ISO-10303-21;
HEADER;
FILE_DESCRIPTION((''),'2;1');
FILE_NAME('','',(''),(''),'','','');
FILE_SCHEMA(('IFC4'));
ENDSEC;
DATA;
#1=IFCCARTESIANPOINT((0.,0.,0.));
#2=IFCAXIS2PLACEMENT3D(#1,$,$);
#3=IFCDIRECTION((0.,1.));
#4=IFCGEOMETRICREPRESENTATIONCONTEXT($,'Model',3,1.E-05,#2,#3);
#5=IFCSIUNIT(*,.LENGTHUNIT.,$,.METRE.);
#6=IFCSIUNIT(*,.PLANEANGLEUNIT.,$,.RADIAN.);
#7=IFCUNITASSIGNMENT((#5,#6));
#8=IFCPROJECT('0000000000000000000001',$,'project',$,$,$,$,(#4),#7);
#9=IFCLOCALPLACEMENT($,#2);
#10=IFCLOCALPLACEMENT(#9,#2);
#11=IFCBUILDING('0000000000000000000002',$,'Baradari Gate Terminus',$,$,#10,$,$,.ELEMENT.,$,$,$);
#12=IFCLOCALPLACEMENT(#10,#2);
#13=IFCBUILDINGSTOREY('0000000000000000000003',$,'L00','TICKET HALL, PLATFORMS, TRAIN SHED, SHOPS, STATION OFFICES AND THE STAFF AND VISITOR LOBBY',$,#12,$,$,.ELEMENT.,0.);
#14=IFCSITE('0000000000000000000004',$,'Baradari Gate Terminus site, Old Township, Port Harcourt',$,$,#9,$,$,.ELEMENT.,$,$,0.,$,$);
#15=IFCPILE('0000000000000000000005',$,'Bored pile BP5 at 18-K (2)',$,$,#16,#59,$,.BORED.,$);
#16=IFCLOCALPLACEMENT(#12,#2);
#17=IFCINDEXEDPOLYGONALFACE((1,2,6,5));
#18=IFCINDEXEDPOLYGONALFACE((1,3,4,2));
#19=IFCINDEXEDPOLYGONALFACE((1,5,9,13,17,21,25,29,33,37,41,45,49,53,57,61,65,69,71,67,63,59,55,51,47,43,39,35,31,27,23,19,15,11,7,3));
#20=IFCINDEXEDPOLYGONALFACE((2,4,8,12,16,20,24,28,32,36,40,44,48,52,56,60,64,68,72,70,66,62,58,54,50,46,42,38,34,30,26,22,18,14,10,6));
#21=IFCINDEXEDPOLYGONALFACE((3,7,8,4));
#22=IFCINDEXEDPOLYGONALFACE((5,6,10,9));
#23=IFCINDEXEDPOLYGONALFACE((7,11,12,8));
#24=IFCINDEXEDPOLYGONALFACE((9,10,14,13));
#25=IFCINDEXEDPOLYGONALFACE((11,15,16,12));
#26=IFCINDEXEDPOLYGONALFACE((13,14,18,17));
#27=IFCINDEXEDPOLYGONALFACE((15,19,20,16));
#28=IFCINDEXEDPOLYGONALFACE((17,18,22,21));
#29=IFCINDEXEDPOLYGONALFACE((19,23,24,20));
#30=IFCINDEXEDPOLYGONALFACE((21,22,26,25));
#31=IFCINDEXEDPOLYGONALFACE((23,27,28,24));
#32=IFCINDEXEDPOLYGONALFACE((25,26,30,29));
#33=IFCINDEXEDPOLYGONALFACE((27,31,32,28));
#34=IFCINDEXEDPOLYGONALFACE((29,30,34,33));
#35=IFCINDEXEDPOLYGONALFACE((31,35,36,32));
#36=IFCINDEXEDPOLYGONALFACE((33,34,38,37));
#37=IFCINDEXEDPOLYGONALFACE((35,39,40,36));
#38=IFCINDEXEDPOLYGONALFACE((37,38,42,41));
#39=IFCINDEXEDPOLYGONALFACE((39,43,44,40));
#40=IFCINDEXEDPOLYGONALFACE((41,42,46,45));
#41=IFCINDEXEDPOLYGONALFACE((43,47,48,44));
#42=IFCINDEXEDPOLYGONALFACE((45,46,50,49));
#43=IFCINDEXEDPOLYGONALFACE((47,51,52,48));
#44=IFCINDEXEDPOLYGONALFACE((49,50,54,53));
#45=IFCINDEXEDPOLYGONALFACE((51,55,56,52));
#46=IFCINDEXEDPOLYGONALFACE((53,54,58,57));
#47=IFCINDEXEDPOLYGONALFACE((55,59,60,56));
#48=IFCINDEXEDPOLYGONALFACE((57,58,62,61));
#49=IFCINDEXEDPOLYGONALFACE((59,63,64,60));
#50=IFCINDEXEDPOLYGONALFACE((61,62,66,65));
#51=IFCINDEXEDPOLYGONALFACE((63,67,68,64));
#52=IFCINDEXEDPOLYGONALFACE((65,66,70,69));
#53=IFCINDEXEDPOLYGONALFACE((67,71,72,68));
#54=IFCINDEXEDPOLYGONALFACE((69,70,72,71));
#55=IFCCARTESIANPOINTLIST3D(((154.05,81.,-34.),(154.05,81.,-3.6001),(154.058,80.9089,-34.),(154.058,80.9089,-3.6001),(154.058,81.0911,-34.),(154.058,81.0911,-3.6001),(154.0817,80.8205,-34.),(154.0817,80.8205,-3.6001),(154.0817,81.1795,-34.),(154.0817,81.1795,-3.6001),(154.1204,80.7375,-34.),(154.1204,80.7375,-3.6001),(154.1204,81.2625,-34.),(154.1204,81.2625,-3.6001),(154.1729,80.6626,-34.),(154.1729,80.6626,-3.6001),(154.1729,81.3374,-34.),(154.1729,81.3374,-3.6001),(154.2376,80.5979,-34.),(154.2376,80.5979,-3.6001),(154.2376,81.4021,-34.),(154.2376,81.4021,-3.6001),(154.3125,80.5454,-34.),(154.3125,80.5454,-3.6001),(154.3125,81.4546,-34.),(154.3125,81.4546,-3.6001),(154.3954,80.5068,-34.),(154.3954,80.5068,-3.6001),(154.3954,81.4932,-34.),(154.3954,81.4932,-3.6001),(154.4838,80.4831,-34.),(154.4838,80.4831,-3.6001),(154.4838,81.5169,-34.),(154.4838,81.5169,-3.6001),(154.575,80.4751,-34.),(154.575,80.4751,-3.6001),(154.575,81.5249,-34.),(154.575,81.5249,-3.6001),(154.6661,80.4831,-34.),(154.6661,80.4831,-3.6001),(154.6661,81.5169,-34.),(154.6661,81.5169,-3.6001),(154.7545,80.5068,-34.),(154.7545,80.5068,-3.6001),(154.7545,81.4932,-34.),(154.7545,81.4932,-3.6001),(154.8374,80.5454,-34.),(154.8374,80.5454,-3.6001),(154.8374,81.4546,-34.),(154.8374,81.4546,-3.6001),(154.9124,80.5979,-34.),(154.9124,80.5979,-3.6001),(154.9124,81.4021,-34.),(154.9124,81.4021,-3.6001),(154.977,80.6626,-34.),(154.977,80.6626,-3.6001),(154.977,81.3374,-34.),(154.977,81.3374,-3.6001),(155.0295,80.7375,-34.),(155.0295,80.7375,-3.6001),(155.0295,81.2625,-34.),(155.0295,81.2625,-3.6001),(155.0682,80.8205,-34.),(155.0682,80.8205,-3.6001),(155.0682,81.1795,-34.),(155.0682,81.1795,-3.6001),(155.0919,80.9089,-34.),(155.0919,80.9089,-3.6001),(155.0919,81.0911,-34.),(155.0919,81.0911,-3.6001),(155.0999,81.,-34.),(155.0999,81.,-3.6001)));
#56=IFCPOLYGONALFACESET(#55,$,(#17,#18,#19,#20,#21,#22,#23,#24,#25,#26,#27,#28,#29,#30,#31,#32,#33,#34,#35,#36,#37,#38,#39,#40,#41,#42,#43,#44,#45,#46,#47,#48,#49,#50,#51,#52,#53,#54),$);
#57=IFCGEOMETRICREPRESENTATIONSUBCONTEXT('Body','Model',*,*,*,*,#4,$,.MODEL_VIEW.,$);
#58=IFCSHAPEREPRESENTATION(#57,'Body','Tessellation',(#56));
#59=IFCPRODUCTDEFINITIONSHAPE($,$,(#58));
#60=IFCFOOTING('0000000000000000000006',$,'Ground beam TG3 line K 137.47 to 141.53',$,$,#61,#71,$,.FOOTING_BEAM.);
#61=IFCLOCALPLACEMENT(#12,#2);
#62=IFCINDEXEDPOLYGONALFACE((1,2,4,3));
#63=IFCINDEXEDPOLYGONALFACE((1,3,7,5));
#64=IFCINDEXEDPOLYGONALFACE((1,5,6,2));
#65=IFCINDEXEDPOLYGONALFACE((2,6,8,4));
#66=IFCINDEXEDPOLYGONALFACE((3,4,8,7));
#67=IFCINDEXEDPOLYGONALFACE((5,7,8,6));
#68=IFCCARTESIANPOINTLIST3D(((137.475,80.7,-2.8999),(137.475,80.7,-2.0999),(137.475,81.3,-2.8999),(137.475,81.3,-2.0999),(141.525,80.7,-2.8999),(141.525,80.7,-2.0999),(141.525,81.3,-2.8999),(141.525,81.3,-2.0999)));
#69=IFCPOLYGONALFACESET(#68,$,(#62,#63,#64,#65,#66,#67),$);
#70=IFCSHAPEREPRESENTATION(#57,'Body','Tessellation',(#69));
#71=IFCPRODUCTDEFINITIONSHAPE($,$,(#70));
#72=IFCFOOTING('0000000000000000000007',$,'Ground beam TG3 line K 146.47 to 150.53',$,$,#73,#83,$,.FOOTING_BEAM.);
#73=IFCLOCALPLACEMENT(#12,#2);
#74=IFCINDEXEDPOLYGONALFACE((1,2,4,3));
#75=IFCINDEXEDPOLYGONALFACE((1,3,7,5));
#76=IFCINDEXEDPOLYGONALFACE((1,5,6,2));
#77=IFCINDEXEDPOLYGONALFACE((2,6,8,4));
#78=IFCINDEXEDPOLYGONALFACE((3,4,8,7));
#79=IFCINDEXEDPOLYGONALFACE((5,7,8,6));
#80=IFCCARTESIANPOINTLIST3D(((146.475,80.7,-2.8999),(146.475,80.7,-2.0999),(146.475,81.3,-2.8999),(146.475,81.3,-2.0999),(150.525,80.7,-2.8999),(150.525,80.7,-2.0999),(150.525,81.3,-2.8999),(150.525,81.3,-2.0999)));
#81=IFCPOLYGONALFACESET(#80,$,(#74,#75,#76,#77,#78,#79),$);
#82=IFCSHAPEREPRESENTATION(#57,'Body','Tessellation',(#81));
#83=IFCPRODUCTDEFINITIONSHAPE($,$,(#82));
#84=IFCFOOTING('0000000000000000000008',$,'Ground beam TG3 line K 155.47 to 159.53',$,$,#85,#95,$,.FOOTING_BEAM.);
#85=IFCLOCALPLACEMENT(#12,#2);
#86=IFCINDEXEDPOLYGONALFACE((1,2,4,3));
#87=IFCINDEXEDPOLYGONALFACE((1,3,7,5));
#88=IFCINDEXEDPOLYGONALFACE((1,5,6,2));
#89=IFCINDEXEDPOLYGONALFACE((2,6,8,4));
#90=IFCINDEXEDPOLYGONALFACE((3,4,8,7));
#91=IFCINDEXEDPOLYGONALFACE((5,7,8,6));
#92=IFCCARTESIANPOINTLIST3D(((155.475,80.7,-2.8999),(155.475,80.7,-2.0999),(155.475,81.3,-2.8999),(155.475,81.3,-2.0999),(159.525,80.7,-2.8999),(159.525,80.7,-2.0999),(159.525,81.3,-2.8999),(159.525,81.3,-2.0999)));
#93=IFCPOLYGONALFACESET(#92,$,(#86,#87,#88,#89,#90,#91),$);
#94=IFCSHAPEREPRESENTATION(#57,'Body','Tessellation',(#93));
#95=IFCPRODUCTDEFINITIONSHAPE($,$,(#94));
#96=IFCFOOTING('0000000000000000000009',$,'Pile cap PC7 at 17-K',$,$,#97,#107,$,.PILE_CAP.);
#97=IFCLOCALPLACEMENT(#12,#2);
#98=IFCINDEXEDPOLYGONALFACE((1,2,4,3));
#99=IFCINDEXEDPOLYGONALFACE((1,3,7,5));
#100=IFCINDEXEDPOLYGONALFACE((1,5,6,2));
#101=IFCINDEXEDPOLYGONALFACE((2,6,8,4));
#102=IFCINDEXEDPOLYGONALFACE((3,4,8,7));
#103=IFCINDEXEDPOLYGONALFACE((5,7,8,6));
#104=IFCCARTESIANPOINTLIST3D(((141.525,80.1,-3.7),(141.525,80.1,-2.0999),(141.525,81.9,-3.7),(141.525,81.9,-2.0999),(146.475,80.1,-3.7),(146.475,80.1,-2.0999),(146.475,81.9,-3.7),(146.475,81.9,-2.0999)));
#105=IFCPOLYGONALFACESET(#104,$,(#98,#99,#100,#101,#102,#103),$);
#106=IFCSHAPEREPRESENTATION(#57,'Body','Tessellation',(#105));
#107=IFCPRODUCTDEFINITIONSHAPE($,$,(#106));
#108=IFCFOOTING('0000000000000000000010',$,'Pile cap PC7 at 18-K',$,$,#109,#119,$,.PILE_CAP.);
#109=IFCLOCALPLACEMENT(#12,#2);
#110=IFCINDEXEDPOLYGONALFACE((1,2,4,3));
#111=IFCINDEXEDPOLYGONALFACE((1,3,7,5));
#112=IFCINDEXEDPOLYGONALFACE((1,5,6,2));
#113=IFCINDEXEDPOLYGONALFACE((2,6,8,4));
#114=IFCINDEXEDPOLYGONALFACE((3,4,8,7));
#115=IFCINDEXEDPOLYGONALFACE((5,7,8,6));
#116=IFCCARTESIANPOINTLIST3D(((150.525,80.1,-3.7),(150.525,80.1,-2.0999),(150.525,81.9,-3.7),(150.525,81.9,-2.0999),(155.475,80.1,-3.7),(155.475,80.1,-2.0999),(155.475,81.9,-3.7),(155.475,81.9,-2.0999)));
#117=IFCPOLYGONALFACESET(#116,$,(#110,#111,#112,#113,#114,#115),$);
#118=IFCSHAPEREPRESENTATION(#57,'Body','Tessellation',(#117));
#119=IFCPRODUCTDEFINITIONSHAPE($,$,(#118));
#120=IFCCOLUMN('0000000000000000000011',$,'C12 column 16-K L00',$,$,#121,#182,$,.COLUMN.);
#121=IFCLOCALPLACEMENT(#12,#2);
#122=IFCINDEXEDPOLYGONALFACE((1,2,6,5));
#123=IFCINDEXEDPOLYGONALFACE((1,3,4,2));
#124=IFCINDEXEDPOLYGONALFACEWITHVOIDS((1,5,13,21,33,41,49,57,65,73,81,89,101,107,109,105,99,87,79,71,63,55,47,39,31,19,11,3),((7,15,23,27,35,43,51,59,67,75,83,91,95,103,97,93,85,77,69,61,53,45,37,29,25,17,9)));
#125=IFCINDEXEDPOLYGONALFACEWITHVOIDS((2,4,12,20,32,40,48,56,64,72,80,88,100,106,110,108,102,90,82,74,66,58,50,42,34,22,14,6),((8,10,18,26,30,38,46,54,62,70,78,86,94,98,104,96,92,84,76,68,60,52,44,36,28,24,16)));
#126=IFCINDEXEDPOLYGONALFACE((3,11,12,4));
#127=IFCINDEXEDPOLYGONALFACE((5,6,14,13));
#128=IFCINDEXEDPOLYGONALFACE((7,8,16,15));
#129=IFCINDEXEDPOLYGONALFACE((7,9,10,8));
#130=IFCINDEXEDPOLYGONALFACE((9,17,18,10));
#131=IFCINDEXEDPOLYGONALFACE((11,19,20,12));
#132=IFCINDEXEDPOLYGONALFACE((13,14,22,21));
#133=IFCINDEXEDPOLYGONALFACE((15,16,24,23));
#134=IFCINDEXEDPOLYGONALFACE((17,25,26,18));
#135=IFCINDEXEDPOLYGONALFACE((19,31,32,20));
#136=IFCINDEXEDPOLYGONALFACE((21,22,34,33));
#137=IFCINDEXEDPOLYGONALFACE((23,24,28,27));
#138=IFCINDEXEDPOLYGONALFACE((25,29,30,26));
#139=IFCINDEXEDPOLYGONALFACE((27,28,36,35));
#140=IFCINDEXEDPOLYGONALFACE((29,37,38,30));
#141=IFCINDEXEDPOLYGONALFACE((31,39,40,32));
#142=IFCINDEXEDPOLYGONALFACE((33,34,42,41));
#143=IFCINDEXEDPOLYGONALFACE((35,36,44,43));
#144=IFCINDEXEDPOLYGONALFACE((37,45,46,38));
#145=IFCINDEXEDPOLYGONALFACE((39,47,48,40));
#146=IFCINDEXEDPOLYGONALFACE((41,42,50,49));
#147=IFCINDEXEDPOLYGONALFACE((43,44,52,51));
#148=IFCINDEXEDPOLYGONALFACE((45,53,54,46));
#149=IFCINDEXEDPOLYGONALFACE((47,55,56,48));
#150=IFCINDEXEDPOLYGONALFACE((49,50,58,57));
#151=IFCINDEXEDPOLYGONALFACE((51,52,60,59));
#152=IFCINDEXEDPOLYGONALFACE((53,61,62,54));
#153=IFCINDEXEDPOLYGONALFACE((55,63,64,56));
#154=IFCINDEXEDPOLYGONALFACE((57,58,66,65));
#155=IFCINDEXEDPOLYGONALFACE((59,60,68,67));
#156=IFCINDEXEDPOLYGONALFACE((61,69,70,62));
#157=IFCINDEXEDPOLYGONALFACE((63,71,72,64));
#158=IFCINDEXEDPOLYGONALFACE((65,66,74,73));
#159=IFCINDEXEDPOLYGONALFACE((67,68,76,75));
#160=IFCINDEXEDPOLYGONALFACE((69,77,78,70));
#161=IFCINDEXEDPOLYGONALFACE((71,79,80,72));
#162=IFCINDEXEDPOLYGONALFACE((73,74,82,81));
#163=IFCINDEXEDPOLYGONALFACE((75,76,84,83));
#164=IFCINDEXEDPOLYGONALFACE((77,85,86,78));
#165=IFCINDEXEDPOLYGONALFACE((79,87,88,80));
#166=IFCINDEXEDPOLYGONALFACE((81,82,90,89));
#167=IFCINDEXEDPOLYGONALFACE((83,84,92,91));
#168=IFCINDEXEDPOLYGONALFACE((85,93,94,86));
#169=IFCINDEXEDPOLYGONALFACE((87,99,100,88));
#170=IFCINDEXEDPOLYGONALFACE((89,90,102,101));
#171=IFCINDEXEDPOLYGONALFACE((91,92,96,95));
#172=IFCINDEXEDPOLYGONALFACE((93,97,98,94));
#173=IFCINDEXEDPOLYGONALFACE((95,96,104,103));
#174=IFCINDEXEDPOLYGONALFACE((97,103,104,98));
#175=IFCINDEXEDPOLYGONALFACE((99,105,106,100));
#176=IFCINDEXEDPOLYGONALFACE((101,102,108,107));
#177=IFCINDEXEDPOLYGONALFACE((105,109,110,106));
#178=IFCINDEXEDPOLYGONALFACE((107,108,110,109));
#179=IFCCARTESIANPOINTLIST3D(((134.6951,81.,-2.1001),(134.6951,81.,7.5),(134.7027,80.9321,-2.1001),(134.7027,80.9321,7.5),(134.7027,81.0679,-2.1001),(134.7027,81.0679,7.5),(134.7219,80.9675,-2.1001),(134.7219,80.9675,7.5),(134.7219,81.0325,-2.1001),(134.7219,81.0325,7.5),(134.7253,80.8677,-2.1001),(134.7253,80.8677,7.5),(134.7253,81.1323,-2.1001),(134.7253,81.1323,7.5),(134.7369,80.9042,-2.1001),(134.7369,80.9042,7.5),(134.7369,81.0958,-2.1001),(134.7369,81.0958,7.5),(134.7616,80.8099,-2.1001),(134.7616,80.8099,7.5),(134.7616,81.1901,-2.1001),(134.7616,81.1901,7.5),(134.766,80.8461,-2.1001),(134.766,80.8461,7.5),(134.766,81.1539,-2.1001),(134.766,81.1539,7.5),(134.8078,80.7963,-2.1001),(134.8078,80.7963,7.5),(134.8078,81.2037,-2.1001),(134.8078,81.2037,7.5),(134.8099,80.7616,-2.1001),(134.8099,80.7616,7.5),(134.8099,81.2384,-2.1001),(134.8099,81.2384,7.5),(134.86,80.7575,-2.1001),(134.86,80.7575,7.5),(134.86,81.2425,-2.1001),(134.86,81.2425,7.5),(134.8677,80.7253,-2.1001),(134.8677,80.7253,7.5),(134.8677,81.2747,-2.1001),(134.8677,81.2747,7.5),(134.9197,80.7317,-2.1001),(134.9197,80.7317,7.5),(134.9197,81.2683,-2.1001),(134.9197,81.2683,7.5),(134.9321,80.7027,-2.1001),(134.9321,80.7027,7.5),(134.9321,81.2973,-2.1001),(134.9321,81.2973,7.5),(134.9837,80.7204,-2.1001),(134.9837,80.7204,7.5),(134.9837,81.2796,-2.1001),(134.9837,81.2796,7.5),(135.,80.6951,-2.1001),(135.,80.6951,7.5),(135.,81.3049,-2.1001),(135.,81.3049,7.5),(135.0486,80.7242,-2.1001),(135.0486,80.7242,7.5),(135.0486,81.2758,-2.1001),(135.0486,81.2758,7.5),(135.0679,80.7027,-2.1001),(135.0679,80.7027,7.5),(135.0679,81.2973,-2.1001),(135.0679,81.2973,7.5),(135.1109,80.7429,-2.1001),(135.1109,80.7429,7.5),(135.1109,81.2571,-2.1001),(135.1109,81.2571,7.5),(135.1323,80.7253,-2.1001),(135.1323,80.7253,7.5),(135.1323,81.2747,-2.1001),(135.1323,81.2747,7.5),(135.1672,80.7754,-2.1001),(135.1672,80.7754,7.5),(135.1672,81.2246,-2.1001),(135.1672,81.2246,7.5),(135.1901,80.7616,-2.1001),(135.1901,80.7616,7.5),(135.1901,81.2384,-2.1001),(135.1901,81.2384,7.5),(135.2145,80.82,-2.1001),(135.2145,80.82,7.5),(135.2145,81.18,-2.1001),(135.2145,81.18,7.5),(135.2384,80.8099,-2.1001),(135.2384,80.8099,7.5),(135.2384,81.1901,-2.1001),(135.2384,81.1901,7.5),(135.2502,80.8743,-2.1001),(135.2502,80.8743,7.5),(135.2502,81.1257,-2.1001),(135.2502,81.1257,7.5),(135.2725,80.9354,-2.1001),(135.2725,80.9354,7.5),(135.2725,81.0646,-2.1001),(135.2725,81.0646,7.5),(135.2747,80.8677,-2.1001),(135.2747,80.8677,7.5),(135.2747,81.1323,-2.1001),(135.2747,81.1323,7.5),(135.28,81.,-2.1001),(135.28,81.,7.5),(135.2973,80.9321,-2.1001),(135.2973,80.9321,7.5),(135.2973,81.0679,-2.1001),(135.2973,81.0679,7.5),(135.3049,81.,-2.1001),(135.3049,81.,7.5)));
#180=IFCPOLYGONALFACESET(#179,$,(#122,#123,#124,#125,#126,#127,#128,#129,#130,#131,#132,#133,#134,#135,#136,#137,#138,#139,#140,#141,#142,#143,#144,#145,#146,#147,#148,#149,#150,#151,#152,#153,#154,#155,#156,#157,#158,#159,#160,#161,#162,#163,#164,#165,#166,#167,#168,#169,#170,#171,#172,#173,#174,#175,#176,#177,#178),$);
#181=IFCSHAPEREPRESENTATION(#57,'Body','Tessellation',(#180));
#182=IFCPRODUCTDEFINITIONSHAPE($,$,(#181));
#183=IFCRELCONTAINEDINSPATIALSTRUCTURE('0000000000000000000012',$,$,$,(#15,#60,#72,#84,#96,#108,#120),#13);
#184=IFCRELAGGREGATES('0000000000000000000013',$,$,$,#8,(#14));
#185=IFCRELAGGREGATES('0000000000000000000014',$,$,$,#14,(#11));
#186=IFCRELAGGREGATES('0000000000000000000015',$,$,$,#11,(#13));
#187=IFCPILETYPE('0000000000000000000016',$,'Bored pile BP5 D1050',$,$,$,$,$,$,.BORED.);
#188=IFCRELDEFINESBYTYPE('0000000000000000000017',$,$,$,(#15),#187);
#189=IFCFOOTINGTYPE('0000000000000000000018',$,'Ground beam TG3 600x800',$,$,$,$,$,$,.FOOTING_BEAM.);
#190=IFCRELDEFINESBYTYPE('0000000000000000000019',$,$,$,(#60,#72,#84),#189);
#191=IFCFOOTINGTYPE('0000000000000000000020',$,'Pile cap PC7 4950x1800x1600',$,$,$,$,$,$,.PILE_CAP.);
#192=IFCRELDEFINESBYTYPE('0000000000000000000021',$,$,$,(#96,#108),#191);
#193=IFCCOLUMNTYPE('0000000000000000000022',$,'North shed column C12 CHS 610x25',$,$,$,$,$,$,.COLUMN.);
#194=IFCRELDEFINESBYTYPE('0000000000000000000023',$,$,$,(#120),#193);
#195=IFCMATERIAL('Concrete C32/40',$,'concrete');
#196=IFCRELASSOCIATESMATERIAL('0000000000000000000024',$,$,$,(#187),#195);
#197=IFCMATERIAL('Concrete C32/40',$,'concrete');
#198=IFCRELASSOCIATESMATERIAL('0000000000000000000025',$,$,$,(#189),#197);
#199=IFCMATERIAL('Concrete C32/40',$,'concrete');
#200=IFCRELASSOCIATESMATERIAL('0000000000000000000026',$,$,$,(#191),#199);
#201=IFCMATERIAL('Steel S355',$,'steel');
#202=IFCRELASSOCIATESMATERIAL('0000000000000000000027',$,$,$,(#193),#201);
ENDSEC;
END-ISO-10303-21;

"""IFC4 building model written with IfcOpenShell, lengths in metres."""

from ifc_helpers import new_model, si_unit, direction, frame, origin, origin_2d, place, context, subcontext, project, spatial, rectangle, circle, hollow_circle, extrude, material, material_profile, profile_set, type_object, element, save


model = new_model("IFC4")

# Units and contexts
model_context = context("Model", 3, precision=1e-05, world=origin(), true_north=direction((0.0, 1.0)))
body_context = subcontext(model_context, "Body", "Model", "MODEL_VIEW")
ifc_project = project(units=[si_unit("LENGTHUNIT", "METRE"), si_unit("PLANEANGLEUNIT", "RADIAN")], contexts=[model_context])

# Site, building, storey
site_placement = place(None, origin())
site = spatial("IfcSite", under=ifc_project, at=site_placement, Name="Baradari Gate Terminus site, Old Township, Port Harcourt", CompositionType="ELEMENT", RefElevation=0.0)
building_placement = place(site_placement, origin())
building = spatial("IfcBuilding", under=site, at=building_placement, Name="Baradari Gate Terminus", CompositionType="ELEMENT")
storey_placement = place(building_placement, origin())
storey = spatial("IfcBuildingStorey", under=building, at=storey_placement, Name="L00", Description="TICKET HALL, PLATFORMS, TRAIN SHED, SHOPS, STATION OFFICES AND THE STAFF AND VISITOR LOBBY", CompositionType="ELEMENT", Elevation=0.0)

# Pile
ifc_material_1 = material(Name="Concrete C32/40", Category="concrete")
pile_type = type_object("IfcPileType", Name="Bored pile BP5 D1050", PredefinedType="BORED", material=ifc_material_1)
for number, where, z_axis, x_axis, name in (
    (1, (154.575, 81.0, -3.6001), (0.0, 0.0, -1.0), (1.0, 0.0, 0.0), "Bored pile BP5 at 18-K (2)"),
):
    element("IfcPile", number, at=place(storey_placement, frame(where, z_axis=z_axis, x_axis=x_axis)), inside=storey, type_object=pile_type, Name=name, PredefinedType="BORED", context=body_context, shape_type="SweptSolid", body=[
        extrude(circle(Radius=0.5249, at=origin_2d()), origin(), (0.0, 0.0, 1.0), 30.3999),
    ])

# Footings
ifc_material_2 = material(Name="Concrete C32/40", Category="concrete")
footing_type_1 = type_object("IfcFootingType", Name="Ground beam TG3 600x800", PredefinedType="FOOTING_BEAM", material=ifc_material_2)
for number, where, z_axis, x_axis, name in (
    (2, (139.5, 81.0, -2.8999), (0.0, 0.0, 1.0), (1.0, 0.0, 0.0), "Ground beam TG3 line K 137.47 to 141.53"),
    (3, (148.5, 81.0, -2.8999), (0.0, 0.0, 1.0), (1.0, 0.0, 0.0), "Ground beam TG3 line K 146.47 to 150.53"),
    (4, (157.5, 81.0, -2.8999), (0.0, 0.0, 1.0), (1.0, 0.0, 0.0), "Ground beam TG3 line K 155.47 to 159.53"),
):
    element("IfcFooting", number, at=place(storey_placement, frame(where, z_axis=z_axis, x_axis=x_axis)), inside=storey, type_object=footing_type_1, Name=name, PredefinedType="FOOTING_BEAM", context=body_context, shape_type="SweptSolid", body=[
        extrude(rectangle(XDim=4.05, YDim=0.6001, at=origin_2d()), origin(), (0.0, 0.0, 1.0), 0.8),
    ])
ifc_material_3 = material(Name="Concrete C32/40", Category="concrete")
footing_type_2 = type_object("IfcFootingType", Name="Pile cap PC7 4950x1800x1600", PredefinedType="PILE_CAP", material=ifc_material_3)
for number, where, z_axis, x_axis, name in (
    (5, (144.0, 81.0, -3.7), (0.0, 0.0, 1.0), (1.0, 0.0, 0.0), "Pile cap PC7 at 17-K"),
    (6, (153.0, 81.0, -3.7), (0.0, 0.0, 1.0), (1.0, 0.0, 0.0), "Pile cap PC7 at 18-K"),
):
    element("IfcFooting", number, at=place(storey_placement, frame(where, z_axis=z_axis, x_axis=x_axis)), inside=storey, type_object=footing_type_2, Name=name, PredefinedType="PILE_CAP", context=body_context, shape_type="SweptSolid", body=[
        extrude(rectangle(XDim=4.95, YDim=1.8, at=origin_2d()), origin(), (0.0, 0.0, 1.0), 1.6001),
    ])

# Column
ifc_material_4 = material(Name="Steel S355", Category="steel")
ifc_material_profile = material_profile(ifc_material_4, hollow_circle(Radius=0.3049, WallThickness=0.0249, at=origin_2d()), Name="CHS 610x25")
ifc_profile_set = profile_set([ifc_material_profile], Name="Steel S355")
column_type = type_object("IfcColumnType", Name="North shed column C12 CHS 610x25", PredefinedType="COLUMN", material=ifc_profile_set)
for number, where, z_axis, x_axis, name in (
    (7, (135.0, 81.0, -2.1001), (0.0, 0.0, 1.0), (1.0, 0.0, 0.0), "C12 column 16-K L00"),
):
    element("IfcColumn", number, at=place(storey_placement, frame(where, z_axis=z_axis, x_axis=x_axis)), inside=storey, type_object=column_type, Name=name, PredefinedType="COLUMN", context=body_context, shape_type="SweptSolid", body=[
        extrude(hollow_circle(Radius=0.3049, WallThickness=0.0249, at=origin_2d()), origin(), (0.0, 0.0, 1.0), 9.6001),
    ])

save(model, "model.ifc")
